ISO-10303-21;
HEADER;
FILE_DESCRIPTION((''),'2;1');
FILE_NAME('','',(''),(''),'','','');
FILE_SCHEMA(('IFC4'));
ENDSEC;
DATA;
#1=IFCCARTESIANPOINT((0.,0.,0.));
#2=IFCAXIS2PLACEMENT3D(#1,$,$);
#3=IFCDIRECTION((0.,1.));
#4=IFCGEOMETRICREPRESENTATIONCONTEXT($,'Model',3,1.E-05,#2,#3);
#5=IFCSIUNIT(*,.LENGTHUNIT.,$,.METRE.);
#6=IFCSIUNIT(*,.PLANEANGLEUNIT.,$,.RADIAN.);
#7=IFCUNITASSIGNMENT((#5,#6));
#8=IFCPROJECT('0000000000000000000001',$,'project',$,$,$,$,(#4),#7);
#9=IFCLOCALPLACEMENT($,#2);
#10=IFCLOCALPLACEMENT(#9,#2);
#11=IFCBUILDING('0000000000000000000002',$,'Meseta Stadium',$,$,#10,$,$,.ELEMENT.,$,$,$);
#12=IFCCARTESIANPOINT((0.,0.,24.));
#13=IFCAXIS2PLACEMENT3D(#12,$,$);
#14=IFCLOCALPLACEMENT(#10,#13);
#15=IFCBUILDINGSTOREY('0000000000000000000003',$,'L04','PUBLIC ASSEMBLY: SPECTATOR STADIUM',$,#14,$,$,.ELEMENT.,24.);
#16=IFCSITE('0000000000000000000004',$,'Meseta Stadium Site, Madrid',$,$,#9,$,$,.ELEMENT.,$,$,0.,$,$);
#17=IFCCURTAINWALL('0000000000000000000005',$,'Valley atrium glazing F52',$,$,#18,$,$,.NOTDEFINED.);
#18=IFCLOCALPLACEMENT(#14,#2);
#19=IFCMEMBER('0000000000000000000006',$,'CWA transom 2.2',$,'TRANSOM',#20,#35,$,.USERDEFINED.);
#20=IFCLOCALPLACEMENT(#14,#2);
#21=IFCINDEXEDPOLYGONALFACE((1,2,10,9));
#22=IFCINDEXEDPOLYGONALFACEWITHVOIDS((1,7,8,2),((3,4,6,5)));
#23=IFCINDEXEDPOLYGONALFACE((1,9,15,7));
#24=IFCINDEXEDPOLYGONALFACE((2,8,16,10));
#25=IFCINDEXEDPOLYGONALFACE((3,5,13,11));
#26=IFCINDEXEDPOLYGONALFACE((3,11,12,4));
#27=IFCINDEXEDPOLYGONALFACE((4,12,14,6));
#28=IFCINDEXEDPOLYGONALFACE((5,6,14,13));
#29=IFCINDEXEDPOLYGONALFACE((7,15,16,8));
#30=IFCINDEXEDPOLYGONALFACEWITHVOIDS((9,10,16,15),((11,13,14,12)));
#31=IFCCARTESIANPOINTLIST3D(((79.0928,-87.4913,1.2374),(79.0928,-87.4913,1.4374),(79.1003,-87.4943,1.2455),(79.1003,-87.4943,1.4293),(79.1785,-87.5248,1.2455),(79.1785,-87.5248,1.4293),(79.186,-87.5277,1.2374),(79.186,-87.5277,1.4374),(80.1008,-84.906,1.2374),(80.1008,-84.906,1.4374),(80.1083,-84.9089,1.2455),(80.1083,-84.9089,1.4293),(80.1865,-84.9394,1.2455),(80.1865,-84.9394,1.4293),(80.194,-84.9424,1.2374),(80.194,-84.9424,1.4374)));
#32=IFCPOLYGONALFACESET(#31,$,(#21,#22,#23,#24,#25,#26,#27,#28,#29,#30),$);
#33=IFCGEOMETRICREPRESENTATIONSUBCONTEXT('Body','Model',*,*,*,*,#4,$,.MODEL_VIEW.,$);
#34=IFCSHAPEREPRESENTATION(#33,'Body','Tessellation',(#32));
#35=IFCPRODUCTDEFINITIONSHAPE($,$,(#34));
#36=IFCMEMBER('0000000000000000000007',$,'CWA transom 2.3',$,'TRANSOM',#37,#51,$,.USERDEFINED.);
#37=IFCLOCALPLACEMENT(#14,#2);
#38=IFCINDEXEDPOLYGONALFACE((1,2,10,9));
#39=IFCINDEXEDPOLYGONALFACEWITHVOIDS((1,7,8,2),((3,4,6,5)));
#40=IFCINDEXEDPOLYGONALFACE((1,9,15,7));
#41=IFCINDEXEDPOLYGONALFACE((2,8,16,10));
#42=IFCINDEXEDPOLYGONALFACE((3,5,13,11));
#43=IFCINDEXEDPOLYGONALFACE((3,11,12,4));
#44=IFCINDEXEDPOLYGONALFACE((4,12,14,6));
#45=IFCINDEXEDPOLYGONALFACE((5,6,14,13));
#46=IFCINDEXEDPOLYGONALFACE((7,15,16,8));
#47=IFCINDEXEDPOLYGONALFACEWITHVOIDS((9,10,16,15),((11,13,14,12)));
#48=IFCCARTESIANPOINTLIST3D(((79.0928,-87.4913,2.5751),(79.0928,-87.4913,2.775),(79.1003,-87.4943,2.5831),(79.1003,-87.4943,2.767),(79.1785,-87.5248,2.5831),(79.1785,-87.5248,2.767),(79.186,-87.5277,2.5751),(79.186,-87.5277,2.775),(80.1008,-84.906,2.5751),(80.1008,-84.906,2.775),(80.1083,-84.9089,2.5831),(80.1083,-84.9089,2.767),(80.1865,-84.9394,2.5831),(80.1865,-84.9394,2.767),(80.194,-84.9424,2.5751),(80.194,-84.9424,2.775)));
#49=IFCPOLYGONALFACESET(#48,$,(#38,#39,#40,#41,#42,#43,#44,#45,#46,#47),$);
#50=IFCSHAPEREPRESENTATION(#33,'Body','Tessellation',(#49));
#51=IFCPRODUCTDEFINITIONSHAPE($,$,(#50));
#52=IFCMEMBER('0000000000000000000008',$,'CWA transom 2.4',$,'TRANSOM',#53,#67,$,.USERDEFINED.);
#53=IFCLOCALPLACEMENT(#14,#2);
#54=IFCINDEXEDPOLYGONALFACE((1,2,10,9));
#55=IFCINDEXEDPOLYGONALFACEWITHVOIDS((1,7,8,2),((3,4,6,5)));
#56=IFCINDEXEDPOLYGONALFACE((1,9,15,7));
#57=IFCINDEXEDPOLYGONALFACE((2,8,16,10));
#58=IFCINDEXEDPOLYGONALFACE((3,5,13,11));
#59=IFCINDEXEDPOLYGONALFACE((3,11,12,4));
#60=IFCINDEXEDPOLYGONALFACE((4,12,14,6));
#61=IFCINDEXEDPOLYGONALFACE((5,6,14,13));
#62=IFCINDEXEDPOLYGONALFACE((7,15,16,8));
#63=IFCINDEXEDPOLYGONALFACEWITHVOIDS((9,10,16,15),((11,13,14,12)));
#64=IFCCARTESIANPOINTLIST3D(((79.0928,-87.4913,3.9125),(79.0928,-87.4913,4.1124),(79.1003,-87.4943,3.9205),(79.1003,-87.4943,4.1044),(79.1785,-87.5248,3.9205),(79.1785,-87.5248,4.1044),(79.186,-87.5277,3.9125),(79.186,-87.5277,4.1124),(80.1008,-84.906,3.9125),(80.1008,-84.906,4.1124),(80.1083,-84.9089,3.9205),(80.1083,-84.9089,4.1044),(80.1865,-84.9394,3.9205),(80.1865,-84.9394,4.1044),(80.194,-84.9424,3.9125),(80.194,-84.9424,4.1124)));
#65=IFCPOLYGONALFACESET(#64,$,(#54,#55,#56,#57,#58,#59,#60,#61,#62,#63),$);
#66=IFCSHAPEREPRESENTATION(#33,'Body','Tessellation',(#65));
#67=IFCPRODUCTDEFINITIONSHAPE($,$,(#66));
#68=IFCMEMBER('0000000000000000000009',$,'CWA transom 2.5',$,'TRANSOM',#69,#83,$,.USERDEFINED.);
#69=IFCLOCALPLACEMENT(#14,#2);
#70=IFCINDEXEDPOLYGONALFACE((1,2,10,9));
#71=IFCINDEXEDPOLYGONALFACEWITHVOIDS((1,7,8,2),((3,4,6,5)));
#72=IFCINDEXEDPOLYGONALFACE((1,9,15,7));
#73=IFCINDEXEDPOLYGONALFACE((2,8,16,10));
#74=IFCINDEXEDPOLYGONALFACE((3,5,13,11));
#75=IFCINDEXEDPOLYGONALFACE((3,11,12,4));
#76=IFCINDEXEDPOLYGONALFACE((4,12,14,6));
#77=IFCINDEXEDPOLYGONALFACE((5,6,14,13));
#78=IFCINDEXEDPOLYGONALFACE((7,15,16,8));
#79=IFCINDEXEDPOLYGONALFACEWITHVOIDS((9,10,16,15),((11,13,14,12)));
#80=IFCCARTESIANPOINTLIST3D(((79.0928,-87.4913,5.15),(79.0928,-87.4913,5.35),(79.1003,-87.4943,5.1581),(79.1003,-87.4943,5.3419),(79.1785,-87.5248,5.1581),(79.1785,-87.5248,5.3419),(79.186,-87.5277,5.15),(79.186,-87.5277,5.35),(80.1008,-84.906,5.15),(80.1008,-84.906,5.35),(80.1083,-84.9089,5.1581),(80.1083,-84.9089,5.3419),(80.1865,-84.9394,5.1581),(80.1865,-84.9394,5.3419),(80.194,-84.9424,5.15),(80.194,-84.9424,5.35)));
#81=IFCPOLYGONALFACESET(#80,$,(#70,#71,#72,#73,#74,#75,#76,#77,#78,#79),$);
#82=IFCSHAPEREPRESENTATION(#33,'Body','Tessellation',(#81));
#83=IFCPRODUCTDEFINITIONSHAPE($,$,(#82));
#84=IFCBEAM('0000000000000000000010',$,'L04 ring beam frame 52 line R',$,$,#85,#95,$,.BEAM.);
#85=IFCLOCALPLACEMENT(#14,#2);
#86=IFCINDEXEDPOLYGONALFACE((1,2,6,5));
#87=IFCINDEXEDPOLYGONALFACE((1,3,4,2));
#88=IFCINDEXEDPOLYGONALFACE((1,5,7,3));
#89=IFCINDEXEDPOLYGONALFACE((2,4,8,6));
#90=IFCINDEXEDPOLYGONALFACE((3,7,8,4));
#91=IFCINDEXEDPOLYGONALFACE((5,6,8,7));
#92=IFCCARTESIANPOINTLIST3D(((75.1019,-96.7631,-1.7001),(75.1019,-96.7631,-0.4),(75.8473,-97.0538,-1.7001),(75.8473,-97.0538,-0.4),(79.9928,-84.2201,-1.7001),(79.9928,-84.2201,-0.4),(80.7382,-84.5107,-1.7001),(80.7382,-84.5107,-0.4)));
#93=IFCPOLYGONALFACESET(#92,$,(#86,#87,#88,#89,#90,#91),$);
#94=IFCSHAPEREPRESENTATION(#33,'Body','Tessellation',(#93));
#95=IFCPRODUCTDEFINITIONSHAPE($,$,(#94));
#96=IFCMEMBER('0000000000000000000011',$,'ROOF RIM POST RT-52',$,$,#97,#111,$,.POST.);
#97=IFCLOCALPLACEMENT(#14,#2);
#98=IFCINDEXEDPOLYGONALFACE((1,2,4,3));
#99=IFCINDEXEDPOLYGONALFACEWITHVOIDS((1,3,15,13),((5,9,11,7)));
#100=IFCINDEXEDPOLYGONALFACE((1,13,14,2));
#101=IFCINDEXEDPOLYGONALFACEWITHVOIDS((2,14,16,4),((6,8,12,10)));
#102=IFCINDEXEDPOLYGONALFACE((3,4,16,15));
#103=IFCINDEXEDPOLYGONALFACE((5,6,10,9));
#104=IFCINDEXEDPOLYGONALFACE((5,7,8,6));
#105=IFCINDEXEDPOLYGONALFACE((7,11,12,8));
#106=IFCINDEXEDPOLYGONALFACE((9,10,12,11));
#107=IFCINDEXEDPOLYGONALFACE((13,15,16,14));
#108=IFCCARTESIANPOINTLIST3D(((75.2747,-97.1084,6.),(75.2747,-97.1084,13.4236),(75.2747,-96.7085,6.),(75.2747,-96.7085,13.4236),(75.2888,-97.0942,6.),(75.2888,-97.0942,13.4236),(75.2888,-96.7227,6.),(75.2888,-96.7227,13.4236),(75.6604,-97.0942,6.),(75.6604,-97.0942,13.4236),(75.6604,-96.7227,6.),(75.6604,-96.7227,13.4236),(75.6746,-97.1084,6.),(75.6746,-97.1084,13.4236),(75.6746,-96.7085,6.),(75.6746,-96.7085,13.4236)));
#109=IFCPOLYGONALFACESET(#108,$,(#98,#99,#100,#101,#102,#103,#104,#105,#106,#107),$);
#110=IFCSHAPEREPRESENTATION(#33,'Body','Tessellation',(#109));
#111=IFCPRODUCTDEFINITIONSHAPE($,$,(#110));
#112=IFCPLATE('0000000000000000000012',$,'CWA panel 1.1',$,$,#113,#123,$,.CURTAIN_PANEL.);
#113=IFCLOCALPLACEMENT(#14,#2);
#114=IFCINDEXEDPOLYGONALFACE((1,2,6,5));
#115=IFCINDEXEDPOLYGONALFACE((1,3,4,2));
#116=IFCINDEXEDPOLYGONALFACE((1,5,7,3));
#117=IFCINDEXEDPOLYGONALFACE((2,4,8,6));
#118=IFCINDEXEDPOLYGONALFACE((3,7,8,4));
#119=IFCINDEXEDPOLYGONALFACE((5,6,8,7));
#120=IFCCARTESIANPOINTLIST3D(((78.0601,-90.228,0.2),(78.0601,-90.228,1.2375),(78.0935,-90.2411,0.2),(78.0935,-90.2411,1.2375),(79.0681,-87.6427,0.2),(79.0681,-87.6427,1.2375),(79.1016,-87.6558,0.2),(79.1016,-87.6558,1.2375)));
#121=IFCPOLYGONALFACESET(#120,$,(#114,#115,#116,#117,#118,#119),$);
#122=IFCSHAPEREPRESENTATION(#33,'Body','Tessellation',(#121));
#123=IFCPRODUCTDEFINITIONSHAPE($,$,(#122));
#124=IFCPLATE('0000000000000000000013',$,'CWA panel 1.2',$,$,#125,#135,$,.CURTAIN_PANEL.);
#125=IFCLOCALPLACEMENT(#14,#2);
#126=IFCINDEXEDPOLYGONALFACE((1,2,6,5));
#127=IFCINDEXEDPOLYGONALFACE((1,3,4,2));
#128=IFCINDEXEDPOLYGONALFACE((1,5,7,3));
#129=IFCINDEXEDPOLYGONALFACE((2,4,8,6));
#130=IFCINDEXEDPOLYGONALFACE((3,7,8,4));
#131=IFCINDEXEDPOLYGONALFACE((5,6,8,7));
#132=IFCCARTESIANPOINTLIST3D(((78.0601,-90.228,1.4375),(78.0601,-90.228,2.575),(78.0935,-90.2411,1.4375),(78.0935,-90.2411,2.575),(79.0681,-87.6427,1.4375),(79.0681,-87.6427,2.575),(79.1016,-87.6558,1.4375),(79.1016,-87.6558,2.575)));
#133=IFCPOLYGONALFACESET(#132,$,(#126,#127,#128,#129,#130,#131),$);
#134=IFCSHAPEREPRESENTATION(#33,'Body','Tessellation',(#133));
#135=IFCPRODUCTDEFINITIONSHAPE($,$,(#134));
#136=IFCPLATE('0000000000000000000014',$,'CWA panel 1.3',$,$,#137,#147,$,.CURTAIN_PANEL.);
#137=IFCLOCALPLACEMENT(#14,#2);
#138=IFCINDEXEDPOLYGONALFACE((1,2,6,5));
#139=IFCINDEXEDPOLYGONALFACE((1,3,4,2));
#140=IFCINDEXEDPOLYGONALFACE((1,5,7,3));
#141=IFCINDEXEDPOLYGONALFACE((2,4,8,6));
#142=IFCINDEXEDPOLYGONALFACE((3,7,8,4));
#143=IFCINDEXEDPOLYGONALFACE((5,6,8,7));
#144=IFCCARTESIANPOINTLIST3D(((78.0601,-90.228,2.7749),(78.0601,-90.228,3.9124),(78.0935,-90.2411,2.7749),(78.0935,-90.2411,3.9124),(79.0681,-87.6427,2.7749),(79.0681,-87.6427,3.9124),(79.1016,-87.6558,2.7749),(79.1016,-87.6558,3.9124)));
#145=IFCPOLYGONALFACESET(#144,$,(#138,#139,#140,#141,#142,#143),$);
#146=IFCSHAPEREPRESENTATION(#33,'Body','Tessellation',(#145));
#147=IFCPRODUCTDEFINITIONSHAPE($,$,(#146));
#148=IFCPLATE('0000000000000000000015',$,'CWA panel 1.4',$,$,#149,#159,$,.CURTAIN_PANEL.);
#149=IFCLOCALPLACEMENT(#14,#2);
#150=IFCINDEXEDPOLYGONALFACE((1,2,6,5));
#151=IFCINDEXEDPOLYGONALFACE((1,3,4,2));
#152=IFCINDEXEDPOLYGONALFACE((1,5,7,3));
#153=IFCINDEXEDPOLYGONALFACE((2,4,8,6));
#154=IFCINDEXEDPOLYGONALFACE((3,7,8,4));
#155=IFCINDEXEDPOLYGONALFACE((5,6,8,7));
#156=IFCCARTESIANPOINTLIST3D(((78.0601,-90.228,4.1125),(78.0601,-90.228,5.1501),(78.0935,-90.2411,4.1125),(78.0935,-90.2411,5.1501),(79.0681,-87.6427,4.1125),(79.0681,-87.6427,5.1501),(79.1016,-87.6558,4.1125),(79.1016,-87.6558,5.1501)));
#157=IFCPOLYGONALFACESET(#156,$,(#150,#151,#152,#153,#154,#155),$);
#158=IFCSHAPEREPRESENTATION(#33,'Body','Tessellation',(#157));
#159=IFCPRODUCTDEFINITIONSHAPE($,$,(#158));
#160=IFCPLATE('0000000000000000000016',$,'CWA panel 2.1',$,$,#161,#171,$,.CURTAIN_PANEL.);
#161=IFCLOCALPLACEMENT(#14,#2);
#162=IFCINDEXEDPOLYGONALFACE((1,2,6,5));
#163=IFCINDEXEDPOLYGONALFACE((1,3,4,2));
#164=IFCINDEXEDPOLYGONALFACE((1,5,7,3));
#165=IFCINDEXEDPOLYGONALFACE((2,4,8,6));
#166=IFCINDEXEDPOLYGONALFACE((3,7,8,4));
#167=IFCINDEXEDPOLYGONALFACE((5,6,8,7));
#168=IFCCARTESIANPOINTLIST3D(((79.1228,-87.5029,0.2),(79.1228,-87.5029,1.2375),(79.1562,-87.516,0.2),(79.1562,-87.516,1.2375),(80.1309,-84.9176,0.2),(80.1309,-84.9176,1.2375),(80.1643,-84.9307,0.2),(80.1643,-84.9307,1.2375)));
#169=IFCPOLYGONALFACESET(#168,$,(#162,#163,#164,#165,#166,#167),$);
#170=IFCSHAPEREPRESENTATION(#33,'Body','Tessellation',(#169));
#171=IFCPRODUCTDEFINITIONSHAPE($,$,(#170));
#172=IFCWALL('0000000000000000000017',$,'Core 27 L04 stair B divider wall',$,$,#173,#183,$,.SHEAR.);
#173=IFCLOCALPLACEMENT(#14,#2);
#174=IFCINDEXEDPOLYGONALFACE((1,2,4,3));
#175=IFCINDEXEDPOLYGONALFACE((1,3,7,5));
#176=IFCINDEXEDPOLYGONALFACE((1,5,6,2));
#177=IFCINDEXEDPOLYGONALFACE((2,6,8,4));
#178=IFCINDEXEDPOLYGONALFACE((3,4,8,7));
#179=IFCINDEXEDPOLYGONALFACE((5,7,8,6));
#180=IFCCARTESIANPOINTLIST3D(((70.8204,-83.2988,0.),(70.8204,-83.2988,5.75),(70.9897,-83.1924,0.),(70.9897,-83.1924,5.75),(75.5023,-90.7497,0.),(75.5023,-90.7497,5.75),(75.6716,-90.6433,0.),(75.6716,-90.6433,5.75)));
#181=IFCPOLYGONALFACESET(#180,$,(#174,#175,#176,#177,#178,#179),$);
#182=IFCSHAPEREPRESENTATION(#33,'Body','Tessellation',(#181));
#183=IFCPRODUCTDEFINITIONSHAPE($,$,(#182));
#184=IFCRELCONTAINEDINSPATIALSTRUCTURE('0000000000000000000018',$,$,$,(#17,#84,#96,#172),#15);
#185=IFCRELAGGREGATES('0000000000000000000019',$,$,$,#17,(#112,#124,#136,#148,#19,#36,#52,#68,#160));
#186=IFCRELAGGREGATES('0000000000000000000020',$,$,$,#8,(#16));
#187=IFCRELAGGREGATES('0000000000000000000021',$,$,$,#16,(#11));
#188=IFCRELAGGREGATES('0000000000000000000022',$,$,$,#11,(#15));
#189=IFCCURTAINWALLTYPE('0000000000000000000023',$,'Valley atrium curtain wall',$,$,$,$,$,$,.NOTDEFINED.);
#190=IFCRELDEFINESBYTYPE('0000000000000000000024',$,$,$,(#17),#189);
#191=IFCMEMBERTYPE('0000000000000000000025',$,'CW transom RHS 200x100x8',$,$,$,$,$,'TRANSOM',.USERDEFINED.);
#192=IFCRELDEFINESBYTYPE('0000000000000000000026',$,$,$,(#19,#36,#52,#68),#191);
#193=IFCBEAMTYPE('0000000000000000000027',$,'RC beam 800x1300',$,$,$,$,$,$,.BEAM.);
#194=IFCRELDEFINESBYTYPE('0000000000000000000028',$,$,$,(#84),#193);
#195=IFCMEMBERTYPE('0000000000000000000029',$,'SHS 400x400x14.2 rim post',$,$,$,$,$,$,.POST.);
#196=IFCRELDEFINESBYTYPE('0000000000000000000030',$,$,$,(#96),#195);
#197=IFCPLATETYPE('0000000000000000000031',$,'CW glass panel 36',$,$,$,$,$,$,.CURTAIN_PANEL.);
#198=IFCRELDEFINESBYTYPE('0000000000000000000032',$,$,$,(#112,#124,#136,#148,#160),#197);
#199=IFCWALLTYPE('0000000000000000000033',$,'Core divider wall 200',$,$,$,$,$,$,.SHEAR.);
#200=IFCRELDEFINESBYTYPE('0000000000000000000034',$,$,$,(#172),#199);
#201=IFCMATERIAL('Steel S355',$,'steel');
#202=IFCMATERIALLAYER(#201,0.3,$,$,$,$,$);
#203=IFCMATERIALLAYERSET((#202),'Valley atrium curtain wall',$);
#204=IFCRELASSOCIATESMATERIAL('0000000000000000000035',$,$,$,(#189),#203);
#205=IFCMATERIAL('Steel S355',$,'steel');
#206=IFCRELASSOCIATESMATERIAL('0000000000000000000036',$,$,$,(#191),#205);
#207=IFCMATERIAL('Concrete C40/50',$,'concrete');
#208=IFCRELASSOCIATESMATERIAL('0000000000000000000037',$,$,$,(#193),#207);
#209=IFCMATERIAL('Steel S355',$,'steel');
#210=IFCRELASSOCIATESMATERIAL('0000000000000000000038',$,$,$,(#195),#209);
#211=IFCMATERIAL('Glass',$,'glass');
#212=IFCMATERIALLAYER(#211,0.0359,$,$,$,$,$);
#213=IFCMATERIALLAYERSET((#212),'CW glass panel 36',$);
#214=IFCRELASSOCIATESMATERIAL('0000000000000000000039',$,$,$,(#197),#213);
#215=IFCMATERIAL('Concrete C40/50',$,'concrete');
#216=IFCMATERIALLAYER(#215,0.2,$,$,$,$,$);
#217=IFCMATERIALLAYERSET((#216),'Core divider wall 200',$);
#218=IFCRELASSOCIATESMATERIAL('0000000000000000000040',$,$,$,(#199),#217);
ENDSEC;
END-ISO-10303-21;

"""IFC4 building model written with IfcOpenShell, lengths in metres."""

from ifc_helpers import new_model, si_unit, direction, frame, frame_2d, origin, origin_2d, place, context, subcontext, project, spatial, rectangle, hollow_rectangle, extrude, material, layer, layer_set, material_profile, profile_set, type_object, element, aggregate, save


model = new_model("IFC4")

# Units and contexts
model_context = context("Model", 3, precision=1e-05, world=origin(), true_north=direction((0.0, 1.0)))
body_context = subcontext(model_context, "Body", "Model", "MODEL_VIEW")
ifc_project = project(units=[si_unit("LENGTHUNIT", "METRE"), si_unit("PLANEANGLEUNIT", "RADIAN")], contexts=[model_context])

# Site, building, storey
site_placement = place(None, origin())
site = spatial("IfcSite", under=ifc_project, at=site_placement, Name="Meseta Stadium Site, Madrid", CompositionType="ELEMENT", RefElevation=0.0)
building_placement = place(site_placement, origin())
building = spatial("IfcBuilding", under=site, at=building_placement, Name="Meseta Stadium", CompositionType="ELEMENT")
storey_placement = place(building_placement, frame((0.0, 0.0, 24.0)))
storey = spatial("IfcBuildingStorey", under=building, at=storey_placement, Name="L04", Description="PUBLIC ASSEMBLY: SPECTATOR STADIUM", CompositionType="ELEMENT", Elevation=24.0)

# Curtain wall, members
ifc_material_1 = material(Name="Steel S355", Category="steel")
ifc_layer_1 = layer(ifc_material_1, 0.3)
ifc_layer_set_1 = layer_set([ifc_layer_1], Name="Valley atrium curtain wall")
curtain_wall_type = type_object("IfcCurtainWallType", Name="Valley atrium curtain wall", PredefinedType="NOTDEFINED", material=ifc_layer_set_1)
curtain_wall_placement = place(storey_placement, origin())
curtain_wall = element("IfcCurtainWall", 1, at=curtain_wall_placement, inside=storey, type_object=curtain_wall_type, Name="Valley atrium glazing F52", PredefinedType="NOTDEFINED")
ifc_material_2 = material(Name="Steel S355", Category="steel")
ifc_material_profile_1 = material_profile(ifc_material_2, hollow_rectangle(XDim=0.1001, YDim=0.2, WallThickness=0.0081, at=origin_2d()), Name="RHS 200x100x8")
ifc_profile_set_1 = profile_set([ifc_material_profile_1], Name="Steel S355")
member_type_1 = type_object("IfcMemberType", Name="CW transom RHS 200x100x8", ElementType="TRANSOM", PredefinedType="USERDEFINED", material=ifc_profile_set_1)
member_1_placement = place(storey_placement, frame((79.1394, -87.5095, 1.3374), z_axis=(0.363261, 0.931687, 0.0), x_axis=(-0.931687, 0.363261, 0.0)))
member_1 = element("IfcMember", 2, at=member_1_placement, type_object=member_type_1, Name="CWA transom 2.2", ObjectType="TRANSOM", PredefinedType="USERDEFINED", context=body_context, shape_type="SweptSolid", body=[
    extrude(hollow_rectangle(XDim=0.1001, YDim=0.2, WallThickness=0.0081, at=origin_2d()), origin(), (0.0, 0.0, 1.0), 2.7749),
])
member_2_placement = place(storey_placement, frame((79.1394, -87.5095, 2.675), z_axis=(0.363261, 0.931687, 0.0), x_axis=(-0.931687, 0.363261, 0.0)))
member_2 = element("IfcMember", 3, at=member_2_placement, type_object=member_type_1, Name="CWA transom 2.3", ObjectType="TRANSOM", PredefinedType="USERDEFINED", context=body_context, shape_type="SweptSolid", body=[
    extrude(hollow_rectangle(XDim=0.1001, YDim=0.2, WallThickness=0.0081, at=origin_2d()), origin(), (0.0, 0.0, 1.0), 2.7749),
])
member_3_placement = place(storey_placement, frame((79.1394, -87.5095, 4.0125), z_axis=(0.363261, 0.931687, 0.0), x_axis=(-0.931687, 0.363261, 0.0)))
member_3 = element("IfcMember", 4, at=member_3_placement, type_object=member_type_1, Name="CWA transom 2.4", ObjectType="TRANSOM", PredefinedType="USERDEFINED", context=body_context, shape_type="SweptSolid", body=[
    extrude(hollow_rectangle(XDim=0.1001, YDim=0.2, WallThickness=0.0081, at=origin_2d()), origin(), (0.0, 0.0, 1.0), 2.7749),
])
member_4_placement = place(storey_placement, frame((79.1394, -87.5095, 5.25), z_axis=(0.363261, 0.931687, 0.0), x_axis=(-0.931687, 0.363261, 0.0)))
member_4 = element("IfcMember", 5, at=member_4_placement, type_object=member_type_1, Name="CWA transom 2.5", ObjectType="TRANSOM", PredefinedType="USERDEFINED", context=body_context, shape_type="SweptSolid", body=[
    extrude(hollow_rectangle(XDim=0.1001, YDim=0.2, WallThickness=0.0081, at=origin_2d()), origin(), (0.0, 0.0, 1.0), 2.7749),
])

# Beam
ifc_material_3 = material(Name="Concrete C40/50", Category="concrete")
ifc_material_profile_2 = material_profile(ifc_material_3, rectangle(XDim=0.8, YDim=1.3, at=origin_2d()), Name="RC 800x1300")
ifc_profile_set_2 = profile_set([ifc_material_profile_2], Name="Concrete C40/50")
beam_type = type_object("IfcBeamType", Name="RC beam 800x1300", PredefinedType="BEAM", material=ifc_profile_set_2)
beam_placement = place(storey_placement, frame((75.4746, -96.9084, -1.05), z_axis=(0.363288, 0.931677, 0.0), x_axis=(-0.931677, 0.363288, 0.0)))
element("IfcBeam", 6, at=beam_placement, inside=storey, type_object=beam_type, Name="L04 ring beam frame 52 line R", PredefinedType="BEAM", context=body_context, shape_type="SweptSolid", body=[
    extrude(rectangle(XDim=0.8, YDim=1.3, at=origin_2d()), origin(), (0.0, 0.0, 1.0), 13.4629),
])

# Member
ifc_material_4 = material(Name="Steel S355", Category="steel")
ifc_material_profile_3 = material_profile(ifc_material_4, hollow_rectangle(XDim=0.3999, YDim=0.3999, WallThickness=0.0142, at=origin_2d()), Name="SHS 400x400x14.2")
ifc_profile_set_3 = profile_set([ifc_material_profile_3], Name="Steel S355")
member_type_2 = type_object("IfcMemberType", Name="SHS 400x400x14.2 rim post", PredefinedType="POST", material=ifc_profile_set_3)
member_5_placement = place(storey_placement, frame((75.4746, -96.9084, 6.0), z_axis=(0.0, 0.0, 1.0), x_axis=(1.0, 0.0, 0.0)))
element("IfcMember", 7, at=member_5_placement, inside=storey, type_object=member_type_2, Name="ROOF RIM POST RT-52", PredefinedType="POST", context=body_context, shape_type="SweptSolid", body=[
    extrude(hollow_rectangle(XDim=0.3999, YDim=0.3999, WallThickness=0.0142, at=origin_2d()), origin(), (0.0, 0.0, 1.0), 7.4236),
])

# Plates
ifc_material_5 = material(Name="Glass", Category="glass")
ifc_layer_2 = layer(ifc_material_5, 0.0359)
ifc_layer_set_2 = layer_set([ifc_layer_2], Name="CW glass panel 36")
plate_type = type_object("IfcPlateType", Name="CW glass panel 36", PredefinedType="CURTAIN_PANEL", material=ifc_layer_set_2)
plate_1_placement = place(storey_placement, frame((78.5808, -88.9419, 0.2), z_axis=(0.0, 0.0, 1.0), x_axis=(0.36328, 0.93168, 0.0)))
plate_1 = element("IfcPlate", 8, at=plate_1_placement, type_object=plate_type, Name="CWA panel 1.1", PredefinedType="CURTAIN_PANEL", context=body_context, shape_type="SweptSolid", body=[
    extrude(rectangle(XDim=2.7749, YDim=0.0359, at=origin_2d()), origin(), (0.0, 0.0, 1.0), 1.0376),
])
plate_2_placement = place(storey_placement, frame((78.5808, -88.9419, 1.4375), z_axis=(0.0, 0.0, 1.0), x_axis=(0.36328, 0.93168, 0.0)))
plate_2 = element("IfcPlate", 9, at=plate_2_placement, type_object=plate_type, Name="CWA panel 1.2", PredefinedType="CURTAIN_PANEL", context=body_context, shape_type="SweptSolid", body=[
    extrude(rectangle(XDim=2.7749, YDim=0.0359, at=origin_2d()), origin(), (0.0, 0.0, 1.0), 1.1375),
])
plate_3_placement = place(storey_placement, frame((78.5808, -88.9419, 2.7749), z_axis=(0.0, 0.0, 1.0), x_axis=(0.36328, 0.93168, 0.0)))
plate_3 = element("IfcPlate", 10, at=plate_3_placement, type_object=plate_type, Name="CWA panel 1.3", PredefinedType="CURTAIN_PANEL", context=body_context, shape_type="SweptSolid", body=[
    extrude(rectangle(XDim=2.7749, YDim=0.0359, at=origin_2d()), origin(), (0.0, 0.0, 1.0), 1.1375),
])
plate_4_placement = place(storey_placement, frame((78.5808, -88.9419, 4.1125), z_axis=(0.0, 0.0, 1.0), x_axis=(0.36328, 0.93168, 0.0)))
plate_4 = element("IfcPlate", 11, at=plate_4_placement, type_object=plate_type, Name="CWA panel 1.4", PredefinedType="CURTAIN_PANEL", context=body_context, shape_type="SweptSolid", body=[
    extrude(rectangle(XDim=2.7749, YDim=0.0359, at=origin_2d()), origin(), (0.0, 0.0, 1.0), 1.0376),
])
plate_5_placement = place(storey_placement, frame((79.6436, -86.2168, 0.2), z_axis=(0.0, 0.0, 1.0), x_axis=(0.36328, 0.93168, 0.0)))
plate_5 = element("IfcPlate", 12, at=plate_5_placement, type_object=plate_type, Name="CWA panel 2.1", PredefinedType="CURTAIN_PANEL", context=body_context, shape_type="SweptSolid", body=[
    extrude(rectangle(XDim=2.7749, YDim=0.0359, at=origin_2d()), origin(), (0.0, 0.0, 1.0), 1.0376),
])
aggregate(curtain_wall, [plate_1, plate_2, plate_3, plate_4, member_1, member_2, member_3, member_4, plate_5])

# Wall
ifc_material_6 = material(Name="Concrete C40/50", Category="concrete")
ifc_layer_3 = layer(ifc_material_6, 0.2)
ifc_layer_set_3 = layer_set([ifc_layer_3], Name="Core divider wall 200")
wall_type_1 = type_object("IfcWallType", Name="Core divider wall 200", PredefinedType="SHEAR", material=ifc_layer_set_3)
wall_1_placement = place(storey_placement, frame((75.5869, -90.6965, 0.0), z_axis=(0.0, 0.0, 1.0), x_axis=(-0.532045, 0.846716, 0.0)))
element("IfcWall", 13, at=wall_1_placement, inside=storey, type_object=wall_type_1, Name="Core 27 L04 stair B divider wall", PredefinedType="SHEAR", context=body_context, shape_type="SweptSolid", body=[
    extrude(rectangle(XDim=8.7998, YDim=0.2, at=frame_2d((4.3999, 0.0))), origin(), (0.0, 0.0, 1.0), 5.75),
])

save(model, "model.ifc")
